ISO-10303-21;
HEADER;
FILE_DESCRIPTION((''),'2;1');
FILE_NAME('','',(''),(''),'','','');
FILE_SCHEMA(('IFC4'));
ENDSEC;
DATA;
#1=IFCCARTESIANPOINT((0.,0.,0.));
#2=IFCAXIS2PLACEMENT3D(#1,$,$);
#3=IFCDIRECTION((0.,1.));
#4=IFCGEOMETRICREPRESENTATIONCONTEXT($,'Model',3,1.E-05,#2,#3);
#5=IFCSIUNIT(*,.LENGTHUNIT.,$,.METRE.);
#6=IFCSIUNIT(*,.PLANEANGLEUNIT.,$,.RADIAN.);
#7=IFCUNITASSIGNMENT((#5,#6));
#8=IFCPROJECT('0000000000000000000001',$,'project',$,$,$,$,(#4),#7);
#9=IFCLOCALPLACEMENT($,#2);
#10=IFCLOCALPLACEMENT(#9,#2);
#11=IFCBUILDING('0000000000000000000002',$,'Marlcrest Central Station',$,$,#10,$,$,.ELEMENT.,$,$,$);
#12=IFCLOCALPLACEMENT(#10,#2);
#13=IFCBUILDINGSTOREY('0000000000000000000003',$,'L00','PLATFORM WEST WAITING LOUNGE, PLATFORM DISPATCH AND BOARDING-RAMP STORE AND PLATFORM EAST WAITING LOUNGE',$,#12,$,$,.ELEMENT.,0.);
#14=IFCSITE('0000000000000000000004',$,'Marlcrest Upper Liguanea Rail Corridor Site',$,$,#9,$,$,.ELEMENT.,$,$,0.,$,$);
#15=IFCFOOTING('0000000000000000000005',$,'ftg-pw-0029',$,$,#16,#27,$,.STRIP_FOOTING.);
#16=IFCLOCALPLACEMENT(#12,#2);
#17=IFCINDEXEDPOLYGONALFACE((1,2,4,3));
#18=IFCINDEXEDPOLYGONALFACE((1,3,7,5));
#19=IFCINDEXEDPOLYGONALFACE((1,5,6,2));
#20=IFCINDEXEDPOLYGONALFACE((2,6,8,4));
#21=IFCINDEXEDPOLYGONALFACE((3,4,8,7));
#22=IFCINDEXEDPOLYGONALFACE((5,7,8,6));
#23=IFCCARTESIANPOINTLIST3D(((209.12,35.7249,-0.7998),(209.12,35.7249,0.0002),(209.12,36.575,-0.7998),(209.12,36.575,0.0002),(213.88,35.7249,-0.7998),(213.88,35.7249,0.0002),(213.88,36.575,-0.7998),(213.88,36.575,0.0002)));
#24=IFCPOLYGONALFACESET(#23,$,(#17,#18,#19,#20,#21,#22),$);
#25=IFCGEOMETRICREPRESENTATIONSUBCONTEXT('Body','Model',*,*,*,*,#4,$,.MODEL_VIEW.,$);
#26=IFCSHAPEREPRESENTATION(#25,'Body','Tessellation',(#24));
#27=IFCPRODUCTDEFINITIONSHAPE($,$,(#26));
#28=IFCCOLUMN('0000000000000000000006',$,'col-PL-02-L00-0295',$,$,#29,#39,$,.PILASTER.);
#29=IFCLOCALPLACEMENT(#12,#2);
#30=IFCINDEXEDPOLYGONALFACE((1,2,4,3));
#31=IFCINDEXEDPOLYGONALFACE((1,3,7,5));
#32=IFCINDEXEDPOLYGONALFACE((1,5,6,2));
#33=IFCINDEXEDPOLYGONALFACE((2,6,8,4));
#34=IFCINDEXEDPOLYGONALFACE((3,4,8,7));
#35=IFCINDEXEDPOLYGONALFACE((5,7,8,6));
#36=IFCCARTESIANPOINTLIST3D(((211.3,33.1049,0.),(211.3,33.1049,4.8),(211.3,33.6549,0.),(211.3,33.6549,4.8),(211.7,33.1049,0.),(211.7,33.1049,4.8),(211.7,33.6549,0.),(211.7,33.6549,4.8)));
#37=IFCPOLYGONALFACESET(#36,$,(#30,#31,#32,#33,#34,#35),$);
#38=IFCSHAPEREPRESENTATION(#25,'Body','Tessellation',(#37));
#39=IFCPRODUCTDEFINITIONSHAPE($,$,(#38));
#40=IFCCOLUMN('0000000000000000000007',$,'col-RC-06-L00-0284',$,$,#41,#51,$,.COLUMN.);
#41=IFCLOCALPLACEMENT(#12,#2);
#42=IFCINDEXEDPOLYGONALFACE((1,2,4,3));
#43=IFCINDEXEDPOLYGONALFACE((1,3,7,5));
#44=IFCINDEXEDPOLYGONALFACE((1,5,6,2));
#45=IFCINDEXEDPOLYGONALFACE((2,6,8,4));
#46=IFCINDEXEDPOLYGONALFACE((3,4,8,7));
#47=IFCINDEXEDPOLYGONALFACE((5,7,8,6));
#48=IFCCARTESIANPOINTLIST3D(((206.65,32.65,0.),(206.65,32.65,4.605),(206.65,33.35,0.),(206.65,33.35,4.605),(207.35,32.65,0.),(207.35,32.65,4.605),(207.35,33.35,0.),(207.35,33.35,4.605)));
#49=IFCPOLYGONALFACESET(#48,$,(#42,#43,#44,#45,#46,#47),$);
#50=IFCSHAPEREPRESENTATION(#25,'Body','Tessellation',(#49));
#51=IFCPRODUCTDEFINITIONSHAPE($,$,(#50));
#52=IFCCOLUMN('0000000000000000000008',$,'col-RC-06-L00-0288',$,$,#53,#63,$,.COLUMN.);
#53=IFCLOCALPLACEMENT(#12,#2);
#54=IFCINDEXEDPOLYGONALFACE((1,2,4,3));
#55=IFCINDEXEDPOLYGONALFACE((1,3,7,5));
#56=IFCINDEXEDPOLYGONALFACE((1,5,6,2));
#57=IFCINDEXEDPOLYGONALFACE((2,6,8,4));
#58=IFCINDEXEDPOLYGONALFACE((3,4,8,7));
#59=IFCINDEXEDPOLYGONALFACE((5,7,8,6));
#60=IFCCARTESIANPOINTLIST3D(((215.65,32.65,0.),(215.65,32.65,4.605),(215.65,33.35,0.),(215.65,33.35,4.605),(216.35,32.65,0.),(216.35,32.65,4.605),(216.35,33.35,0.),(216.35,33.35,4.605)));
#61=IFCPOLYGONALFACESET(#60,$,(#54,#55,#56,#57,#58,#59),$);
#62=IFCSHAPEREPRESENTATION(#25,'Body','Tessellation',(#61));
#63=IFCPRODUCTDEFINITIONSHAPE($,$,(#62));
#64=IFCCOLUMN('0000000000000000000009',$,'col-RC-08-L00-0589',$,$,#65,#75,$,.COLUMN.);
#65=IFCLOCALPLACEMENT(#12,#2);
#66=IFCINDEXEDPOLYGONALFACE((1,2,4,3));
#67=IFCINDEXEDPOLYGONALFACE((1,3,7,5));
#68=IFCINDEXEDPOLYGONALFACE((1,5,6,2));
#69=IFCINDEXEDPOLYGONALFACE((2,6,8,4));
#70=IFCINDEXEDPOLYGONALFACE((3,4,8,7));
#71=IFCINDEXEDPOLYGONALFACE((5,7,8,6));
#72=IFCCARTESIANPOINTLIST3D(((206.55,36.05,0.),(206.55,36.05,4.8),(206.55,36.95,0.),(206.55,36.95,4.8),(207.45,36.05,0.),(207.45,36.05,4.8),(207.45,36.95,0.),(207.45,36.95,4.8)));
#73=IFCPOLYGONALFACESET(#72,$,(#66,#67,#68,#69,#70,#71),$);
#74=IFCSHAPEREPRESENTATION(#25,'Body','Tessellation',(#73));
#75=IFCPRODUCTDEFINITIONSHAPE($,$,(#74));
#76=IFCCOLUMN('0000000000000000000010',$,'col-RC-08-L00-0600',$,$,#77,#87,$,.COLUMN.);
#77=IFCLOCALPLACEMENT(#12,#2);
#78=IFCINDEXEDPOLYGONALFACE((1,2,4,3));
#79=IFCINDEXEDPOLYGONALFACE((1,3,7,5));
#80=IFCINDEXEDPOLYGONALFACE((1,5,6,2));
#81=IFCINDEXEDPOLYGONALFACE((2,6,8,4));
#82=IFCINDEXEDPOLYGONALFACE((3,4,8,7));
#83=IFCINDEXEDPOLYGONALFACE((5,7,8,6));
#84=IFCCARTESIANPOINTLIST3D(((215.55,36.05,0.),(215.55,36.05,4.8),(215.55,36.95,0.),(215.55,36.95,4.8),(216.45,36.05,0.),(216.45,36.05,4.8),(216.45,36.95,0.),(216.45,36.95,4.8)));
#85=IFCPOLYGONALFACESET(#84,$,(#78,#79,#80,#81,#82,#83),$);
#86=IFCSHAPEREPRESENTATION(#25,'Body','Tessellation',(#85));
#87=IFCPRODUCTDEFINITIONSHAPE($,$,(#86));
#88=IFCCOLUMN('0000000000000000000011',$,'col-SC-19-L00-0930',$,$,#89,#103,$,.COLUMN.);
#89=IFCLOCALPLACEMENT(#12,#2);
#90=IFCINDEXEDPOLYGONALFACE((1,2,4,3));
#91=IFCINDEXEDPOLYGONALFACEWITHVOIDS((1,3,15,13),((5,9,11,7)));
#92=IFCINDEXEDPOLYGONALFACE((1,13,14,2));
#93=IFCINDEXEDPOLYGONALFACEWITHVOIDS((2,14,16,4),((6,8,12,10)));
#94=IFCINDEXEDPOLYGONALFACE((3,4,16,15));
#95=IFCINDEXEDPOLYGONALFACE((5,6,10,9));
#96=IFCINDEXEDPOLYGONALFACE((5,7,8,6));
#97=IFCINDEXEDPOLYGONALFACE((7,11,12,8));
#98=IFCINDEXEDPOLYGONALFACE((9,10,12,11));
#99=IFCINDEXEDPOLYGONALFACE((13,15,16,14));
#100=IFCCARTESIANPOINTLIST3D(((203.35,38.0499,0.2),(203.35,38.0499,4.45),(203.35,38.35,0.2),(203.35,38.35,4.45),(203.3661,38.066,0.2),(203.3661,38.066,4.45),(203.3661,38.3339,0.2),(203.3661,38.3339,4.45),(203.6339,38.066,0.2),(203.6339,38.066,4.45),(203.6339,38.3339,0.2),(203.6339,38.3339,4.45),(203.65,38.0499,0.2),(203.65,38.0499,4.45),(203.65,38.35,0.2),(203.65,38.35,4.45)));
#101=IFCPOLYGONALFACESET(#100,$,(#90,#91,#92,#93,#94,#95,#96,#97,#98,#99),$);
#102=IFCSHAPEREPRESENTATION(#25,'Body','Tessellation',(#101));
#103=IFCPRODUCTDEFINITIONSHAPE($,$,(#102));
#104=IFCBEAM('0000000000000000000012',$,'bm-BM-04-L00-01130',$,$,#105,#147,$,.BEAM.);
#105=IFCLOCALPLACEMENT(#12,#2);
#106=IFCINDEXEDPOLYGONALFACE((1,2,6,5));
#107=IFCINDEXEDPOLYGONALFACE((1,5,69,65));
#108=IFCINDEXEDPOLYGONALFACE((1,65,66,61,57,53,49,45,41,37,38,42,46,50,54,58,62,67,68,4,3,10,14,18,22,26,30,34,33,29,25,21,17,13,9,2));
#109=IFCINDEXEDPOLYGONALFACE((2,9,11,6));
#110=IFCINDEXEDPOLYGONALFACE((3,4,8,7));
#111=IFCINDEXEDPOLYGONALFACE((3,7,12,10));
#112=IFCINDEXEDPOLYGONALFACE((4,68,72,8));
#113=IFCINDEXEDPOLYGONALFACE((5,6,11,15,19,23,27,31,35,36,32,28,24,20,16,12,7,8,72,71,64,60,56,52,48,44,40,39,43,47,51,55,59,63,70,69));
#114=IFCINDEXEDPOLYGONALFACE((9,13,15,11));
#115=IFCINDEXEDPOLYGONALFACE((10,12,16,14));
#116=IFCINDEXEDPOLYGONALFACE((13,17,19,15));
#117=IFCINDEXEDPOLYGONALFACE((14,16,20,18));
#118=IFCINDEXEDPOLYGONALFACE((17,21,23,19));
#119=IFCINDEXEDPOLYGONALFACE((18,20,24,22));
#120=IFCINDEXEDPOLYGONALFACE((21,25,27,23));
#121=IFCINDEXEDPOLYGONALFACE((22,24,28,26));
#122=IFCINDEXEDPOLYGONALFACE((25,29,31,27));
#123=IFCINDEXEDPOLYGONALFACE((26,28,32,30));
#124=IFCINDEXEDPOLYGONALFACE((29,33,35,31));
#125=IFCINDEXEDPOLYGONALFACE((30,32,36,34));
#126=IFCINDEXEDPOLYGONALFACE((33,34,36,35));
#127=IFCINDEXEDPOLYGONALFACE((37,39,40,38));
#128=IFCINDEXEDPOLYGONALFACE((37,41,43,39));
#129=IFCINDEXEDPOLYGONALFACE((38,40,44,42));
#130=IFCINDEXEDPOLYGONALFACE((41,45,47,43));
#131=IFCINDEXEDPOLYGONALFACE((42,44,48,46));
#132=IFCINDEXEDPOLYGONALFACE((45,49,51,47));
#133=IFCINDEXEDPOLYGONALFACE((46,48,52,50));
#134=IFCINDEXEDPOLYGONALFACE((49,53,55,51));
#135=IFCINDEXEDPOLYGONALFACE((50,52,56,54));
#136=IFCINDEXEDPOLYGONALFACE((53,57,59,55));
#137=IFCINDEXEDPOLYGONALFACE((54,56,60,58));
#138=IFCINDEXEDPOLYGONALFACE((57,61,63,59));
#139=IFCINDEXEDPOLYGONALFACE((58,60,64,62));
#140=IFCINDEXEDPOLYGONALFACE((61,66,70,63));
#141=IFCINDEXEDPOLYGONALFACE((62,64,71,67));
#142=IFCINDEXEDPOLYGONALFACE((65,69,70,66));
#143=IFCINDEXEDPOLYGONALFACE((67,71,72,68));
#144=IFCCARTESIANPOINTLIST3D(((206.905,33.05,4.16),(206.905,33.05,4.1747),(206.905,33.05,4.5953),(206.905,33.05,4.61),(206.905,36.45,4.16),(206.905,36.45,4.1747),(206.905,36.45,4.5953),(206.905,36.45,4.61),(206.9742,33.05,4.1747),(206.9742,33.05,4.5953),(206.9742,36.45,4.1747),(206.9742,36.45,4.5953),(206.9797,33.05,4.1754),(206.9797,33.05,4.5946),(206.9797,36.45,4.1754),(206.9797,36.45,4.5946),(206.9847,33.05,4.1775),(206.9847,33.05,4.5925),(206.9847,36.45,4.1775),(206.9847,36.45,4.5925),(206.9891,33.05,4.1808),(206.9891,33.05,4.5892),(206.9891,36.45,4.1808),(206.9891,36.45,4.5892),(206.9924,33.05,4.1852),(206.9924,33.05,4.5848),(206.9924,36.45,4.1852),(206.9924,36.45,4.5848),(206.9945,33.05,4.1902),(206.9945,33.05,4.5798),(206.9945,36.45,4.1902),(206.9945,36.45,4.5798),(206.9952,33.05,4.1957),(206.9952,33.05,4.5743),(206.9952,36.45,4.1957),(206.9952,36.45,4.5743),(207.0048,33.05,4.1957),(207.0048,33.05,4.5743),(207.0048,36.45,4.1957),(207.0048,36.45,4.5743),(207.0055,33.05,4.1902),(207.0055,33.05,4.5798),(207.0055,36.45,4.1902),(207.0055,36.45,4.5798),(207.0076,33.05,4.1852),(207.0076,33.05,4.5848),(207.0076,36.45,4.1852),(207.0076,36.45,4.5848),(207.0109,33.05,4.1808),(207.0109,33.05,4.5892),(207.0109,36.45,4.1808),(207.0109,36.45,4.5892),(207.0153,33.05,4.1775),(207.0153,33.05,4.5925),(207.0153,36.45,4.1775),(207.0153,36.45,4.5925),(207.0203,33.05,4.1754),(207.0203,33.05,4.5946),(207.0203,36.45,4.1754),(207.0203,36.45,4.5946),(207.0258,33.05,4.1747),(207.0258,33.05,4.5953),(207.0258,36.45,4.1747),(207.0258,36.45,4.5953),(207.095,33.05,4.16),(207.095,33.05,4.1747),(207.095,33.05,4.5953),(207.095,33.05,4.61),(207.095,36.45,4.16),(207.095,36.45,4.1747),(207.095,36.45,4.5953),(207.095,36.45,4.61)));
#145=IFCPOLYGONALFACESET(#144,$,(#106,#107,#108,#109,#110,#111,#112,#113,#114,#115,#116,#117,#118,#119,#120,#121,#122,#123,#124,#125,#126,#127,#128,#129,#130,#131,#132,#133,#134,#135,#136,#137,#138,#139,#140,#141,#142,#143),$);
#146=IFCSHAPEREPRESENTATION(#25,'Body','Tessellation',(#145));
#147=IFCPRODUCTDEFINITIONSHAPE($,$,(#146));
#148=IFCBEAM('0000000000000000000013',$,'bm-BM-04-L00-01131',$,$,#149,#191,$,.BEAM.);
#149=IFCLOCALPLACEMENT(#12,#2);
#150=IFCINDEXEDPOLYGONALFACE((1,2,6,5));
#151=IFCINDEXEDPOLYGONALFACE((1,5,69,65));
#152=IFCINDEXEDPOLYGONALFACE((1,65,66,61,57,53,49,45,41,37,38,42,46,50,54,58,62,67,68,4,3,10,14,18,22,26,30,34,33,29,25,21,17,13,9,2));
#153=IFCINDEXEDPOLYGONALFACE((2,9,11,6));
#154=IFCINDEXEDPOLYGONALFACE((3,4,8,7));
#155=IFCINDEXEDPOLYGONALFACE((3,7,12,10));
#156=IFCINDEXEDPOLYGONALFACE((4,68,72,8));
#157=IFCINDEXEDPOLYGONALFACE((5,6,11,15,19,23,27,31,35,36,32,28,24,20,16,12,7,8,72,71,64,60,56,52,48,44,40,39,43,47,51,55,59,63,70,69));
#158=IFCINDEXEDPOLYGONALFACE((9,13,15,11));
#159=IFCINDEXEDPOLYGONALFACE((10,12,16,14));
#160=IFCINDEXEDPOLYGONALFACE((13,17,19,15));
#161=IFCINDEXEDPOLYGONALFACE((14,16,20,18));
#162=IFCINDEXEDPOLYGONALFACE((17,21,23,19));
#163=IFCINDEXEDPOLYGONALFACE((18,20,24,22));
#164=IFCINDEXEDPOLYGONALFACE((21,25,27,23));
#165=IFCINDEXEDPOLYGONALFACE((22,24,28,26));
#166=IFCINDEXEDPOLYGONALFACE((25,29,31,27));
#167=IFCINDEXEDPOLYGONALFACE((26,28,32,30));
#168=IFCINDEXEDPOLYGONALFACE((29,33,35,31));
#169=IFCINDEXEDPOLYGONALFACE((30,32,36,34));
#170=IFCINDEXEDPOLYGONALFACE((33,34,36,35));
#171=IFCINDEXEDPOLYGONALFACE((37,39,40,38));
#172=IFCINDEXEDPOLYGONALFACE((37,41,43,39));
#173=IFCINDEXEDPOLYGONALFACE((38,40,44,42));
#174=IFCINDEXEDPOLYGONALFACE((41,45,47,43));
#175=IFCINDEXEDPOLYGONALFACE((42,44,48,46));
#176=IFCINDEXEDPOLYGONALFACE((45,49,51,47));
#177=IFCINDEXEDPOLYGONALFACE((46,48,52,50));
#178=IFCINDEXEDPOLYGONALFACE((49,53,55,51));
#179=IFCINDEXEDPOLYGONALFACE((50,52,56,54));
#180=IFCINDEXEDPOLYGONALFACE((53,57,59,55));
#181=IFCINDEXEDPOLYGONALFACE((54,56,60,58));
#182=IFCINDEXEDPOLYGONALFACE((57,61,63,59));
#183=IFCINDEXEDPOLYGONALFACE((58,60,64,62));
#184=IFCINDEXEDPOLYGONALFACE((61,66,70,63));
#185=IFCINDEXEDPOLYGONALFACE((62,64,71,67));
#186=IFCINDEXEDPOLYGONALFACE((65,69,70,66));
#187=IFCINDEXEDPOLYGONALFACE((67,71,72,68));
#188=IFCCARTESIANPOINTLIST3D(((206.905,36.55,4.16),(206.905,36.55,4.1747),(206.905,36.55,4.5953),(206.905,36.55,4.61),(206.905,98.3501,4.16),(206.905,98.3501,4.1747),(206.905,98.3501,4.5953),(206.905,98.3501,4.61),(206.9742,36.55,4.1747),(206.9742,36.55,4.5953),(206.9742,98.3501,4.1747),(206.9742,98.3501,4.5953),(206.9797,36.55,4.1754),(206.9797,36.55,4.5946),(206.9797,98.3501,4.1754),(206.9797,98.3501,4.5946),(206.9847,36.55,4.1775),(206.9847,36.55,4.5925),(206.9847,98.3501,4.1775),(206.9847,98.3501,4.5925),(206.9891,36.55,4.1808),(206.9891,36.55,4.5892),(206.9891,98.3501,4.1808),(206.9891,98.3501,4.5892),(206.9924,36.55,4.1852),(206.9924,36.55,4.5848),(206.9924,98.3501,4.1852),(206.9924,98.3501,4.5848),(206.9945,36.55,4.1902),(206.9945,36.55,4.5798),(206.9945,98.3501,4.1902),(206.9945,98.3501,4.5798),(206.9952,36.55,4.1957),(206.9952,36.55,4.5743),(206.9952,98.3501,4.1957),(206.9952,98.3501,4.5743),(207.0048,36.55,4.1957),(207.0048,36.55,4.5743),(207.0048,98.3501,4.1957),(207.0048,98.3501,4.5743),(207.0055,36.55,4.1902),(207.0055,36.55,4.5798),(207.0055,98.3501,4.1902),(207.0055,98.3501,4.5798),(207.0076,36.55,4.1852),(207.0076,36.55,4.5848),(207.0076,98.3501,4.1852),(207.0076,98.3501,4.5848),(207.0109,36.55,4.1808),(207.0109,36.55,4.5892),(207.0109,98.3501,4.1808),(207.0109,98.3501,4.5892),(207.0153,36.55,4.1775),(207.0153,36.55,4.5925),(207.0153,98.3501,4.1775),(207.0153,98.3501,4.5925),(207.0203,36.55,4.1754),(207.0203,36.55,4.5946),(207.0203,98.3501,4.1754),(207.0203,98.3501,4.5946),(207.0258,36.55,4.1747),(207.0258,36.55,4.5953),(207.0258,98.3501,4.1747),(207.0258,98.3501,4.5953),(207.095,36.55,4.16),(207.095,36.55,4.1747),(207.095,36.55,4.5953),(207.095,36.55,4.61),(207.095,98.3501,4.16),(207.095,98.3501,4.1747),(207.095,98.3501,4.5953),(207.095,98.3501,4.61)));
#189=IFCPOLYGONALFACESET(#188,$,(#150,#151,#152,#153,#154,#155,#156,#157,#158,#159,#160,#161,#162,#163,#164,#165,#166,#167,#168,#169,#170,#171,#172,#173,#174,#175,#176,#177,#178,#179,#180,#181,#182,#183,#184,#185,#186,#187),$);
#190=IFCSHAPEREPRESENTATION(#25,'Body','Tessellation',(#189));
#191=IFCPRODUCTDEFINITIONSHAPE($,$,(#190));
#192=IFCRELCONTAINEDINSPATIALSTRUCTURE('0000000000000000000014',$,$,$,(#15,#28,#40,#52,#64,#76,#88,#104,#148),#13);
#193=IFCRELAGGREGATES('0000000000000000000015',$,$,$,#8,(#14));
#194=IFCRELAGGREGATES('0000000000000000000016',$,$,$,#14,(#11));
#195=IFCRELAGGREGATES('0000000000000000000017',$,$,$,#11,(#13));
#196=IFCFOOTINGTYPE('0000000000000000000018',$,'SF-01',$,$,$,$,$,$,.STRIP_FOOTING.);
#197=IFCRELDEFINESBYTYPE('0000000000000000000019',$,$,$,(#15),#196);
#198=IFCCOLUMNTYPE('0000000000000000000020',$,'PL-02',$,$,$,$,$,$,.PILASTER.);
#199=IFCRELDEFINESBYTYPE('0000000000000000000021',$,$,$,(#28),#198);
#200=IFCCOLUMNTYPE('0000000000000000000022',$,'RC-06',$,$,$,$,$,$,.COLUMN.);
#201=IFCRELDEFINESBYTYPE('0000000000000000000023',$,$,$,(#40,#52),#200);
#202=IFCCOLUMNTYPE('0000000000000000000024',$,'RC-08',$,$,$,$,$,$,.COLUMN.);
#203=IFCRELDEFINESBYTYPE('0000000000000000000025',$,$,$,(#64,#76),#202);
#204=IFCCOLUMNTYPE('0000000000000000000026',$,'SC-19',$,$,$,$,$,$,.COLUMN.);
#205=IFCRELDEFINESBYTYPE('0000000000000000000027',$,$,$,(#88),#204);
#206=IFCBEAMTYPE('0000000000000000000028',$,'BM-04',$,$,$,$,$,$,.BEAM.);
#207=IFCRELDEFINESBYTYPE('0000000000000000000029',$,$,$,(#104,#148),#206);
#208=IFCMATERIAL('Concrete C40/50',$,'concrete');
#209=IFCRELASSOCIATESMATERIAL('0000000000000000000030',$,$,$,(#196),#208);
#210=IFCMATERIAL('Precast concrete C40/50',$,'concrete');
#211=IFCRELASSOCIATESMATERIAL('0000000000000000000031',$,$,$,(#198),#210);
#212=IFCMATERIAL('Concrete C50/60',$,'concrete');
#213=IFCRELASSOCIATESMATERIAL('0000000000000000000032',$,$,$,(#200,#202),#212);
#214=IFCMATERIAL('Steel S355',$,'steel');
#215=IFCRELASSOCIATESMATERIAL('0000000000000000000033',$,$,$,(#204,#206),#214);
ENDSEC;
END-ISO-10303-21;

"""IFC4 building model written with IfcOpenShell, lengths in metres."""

from ifc_helpers import new_model, si_unit, direction, frame, origin, origin_2d, place, context, subcontext, project, spatial, rectangle, hollow_rectangle, i_section, extrude, material, material_profile, profile_set, type_object, element, save


model = new_model("IFC4")

# Units and contexts
model_context = context("Model", 3, precision=1e-05, world=origin(), true_north=direction((0.0, 1.0)))
body_context = subcontext(model_context, "Body", "Model", "MODEL_VIEW")
ifc_project = project(units=[si_unit("LENGTHUNIT", "METRE"), si_unit("PLANEANGLEUNIT", "RADIAN")], contexts=[model_context])

# Site, building, storey
site_placement = place(None, origin())
site = spatial("IfcSite", under=ifc_project, at=site_placement, Name="Marlcrest Upper Liguanea Rail Corridor Site", CompositionType="ELEMENT", RefElevation=0.0)
building_placement = place(site_placement, origin())
building = spatial("IfcBuilding", under=site, at=building_placement, Name="Marlcrest Central Station", CompositionType="ELEMENT")
storey_placement = place(building_placement, origin())
storey = spatial("IfcBuildingStorey", under=building, at=storey_placement, Name="L00", Description="PLATFORM WEST WAITING LOUNGE, PLATFORM DISPATCH AND BOARDING-RAMP STORE AND PLATFORM EAST WAITING LOUNGE", CompositionType="ELEMENT", Elevation=0.0)

# Footing
ifc_material_1 = material(Name="Concrete C40/50", Category="concrete")
footing_type_1 = type_object("IfcFootingType", Name="SF-01", PredefinedType="STRIP_FOOTING", material=ifc_material_1)
footing_1_placement = place(storey_placement, frame((211.5, 36.1499, -0.7998), z_axis=(0.0, 0.0, 1.0), x_axis=(1.0, 0.0, 0.0)))
element("IfcFooting", 1, at=footing_1_placement, inside=storey, type_object=footing_type_1, Name="ftg-pw-0029", PredefinedType="STRIP_FOOTING", context=body_context, shape_type="SweptSolid", body=[
    extrude(rectangle(XDim=4.76, YDim=0.8501, at=origin_2d()), origin(), (0.0, 0.0, 1.0), 0.8),
])

# Columns
ifc_material_2 = material(Name="Precast concrete C40/50", Category="concrete")
ifc_material_profile_1 = material_profile(ifc_material_2, rectangle(XDim=0.3999, YDim=0.55, at=origin_2d()), Name="PIL 400x550")
ifc_profile_set_1 = profile_set([ifc_material_profile_1], Name="Precast concrete C40/50")
column_type_1 = type_object("IfcColumnType", Name="PL-02", PredefinedType="PILASTER", material=ifc_profile_set_1)
column_1_placement = place(storey_placement, frame((211.5, 33.3799, 0.0), z_axis=(0.0, 0.0, 1.0), x_axis=(1.0, 0.0, 0.0)))
element("IfcColumn", 2, at=column_1_placement, inside=storey, type_object=column_type_1, Name="col-PL-02-L00-0295", PredefinedType="PILASTER", context=body_context, shape_type="SweptSolid", body=[
    extrude(rectangle(XDim=0.3999, YDim=0.55, at=origin_2d()), origin(), (0.0, 0.0, 1.0), 4.8),
])
ifc_material_3 = material(Name="Concrete C50/60", Category="concrete")
ifc_material_profile_2 = material_profile(ifc_material_3, rectangle(XDim=0.7, YDim=0.7, at=origin_2d()), Name="RC 700x700")
ifc_profile_set_2 = profile_set([ifc_material_profile_2], Name="Concrete C50/60")
column_type_2 = type_object("IfcColumnType", Name="RC-06", PredefinedType="COLUMN", material=ifc_profile_set_2)
for number, where, z_axis, x_axis, name in (
    (3, (207.0, 33.0, 0.0), (0.0, 0.0, 1.0), (1.0, 0.0, 0.0), "col-RC-06-L00-0284"),
    (4, (216.0, 33.0, 0.0), (0.0, 0.0, 1.0), (1.0, 0.0, 0.0), "col-RC-06-L00-0288"),
):
    element("IfcColumn", number, at=place(storey_placement, frame(where, z_axis=z_axis, x_axis=x_axis)), inside=storey, type_object=column_type_2, Name=name, PredefinedType="COLUMN", context=body_context, shape_type="SweptSolid", body=[
        extrude(rectangle(XDim=0.7, YDim=0.7, at=origin_2d()), origin(), (0.0, 0.0, 1.0), 4.605),
    ])
ifc_material_profile_3 = material_profile(ifc_material_3, rectangle(XDim=0.8999, YDim=0.8999, at=origin_2d()), Name="RC 900x900")
ifc_profile_set_3 = profile_set([ifc_material_profile_3], Name="Concrete C50/60")
column_type_3 = type_object("IfcColumnType", Name="RC-08", PredefinedType="COLUMN", material=ifc_profile_set_3)
for number, where, z_axis, x_axis, name in (
    (5, (207.0, 36.5, 0.0), (0.0, 0.0, 1.0), (1.0, 0.0, 0.0), "col-RC-08-L00-0589"),
    (6, (216.0, 36.5, 0.0), (0.0, 0.0, 1.0), (1.0, 0.0, 0.0), "col-RC-08-L00-0600"),
):
    element("IfcColumn", number, at=place(storey_placement, frame(where, z_axis=z_axis, x_axis=x_axis)), inside=storey, type_object=column_type_3, Name=name, PredefinedType="COLUMN", context=body_context, shape_type="SweptSolid", body=[
        extrude(rectangle(XDim=0.8999, YDim=0.8999, at=origin_2d()), origin(), (0.0, 0.0, 1.0), 4.8),
    ])
ifc_material_4 = material(Name="Steel S355", Category="steel")
ifc_material_profile_4 = material_profile(ifc_material_4, hollow_rectangle(XDim=0.3, YDim=0.3, WallThickness=0.0161, at=origin_2d()), Name="SHS 300x300x16")
ifc_profile_set_4 = profile_set([ifc_material_profile_4], Name="Steel S355")
column_type_4 = type_object("IfcColumnType", Name="SC-19", PredefinedType="COLUMN", material=ifc_profile_set_4)
column_2_placement = place(storey_placement, frame((203.5, 38.2, 0.2), z_axis=(0.0, 0.0, 1.0), x_axis=(1.0, 0.0, 0.0)))
element("IfcColumn", 7, at=column_2_placement, inside=storey, type_object=column_type_4, Name="col-SC-19-L00-0930", PredefinedType="COLUMN", context=body_context, shape_type="SweptSolid", body=[
    extrude(hollow_rectangle(XDim=0.3, YDim=0.3, WallThickness=0.0161, at=origin_2d()), origin(), (0.0, 0.0, 1.0), 4.25),
])

# Beams
ifc_material_profile_5 = material_profile(ifc_material_4, i_section(OverallWidth=0.1899, OverallDepth=0.45, WebThickness=0.0095, FlangeThickness=0.0146, FilletRadius=0.021, at=origin_2d()), Name="IPE 450")
ifc_profile_set_5 = profile_set([ifc_material_profile_5], Name="Steel S355")
beam_type_1 = type_object("IfcBeamType", Name="BM-04", PredefinedType="BEAM", material=ifc_profile_set_5)
beam_1_placement = place(storey_placement, frame((207.0, 33.05, 4.385), z_axis=(0.0, 1.0, 0.0), x_axis=(-1.0, 0.0, 0.0)))
element("IfcBeam", 8, at=beam_1_placement, inside=storey, type_object=beam_type_1, Name="bm-BM-04-L00-01130", PredefinedType="BEAM", context=body_context, shape_type="SweptSolid", body=[
    extrude(i_section(OverallWidth=0.1899, OverallDepth=0.45, WebThickness=0.0095, FlangeThickness=0.0146, FilletRadius=0.021, at=origin_2d()), origin(), (0.0, 0.0, 1.0), 3.3999),
])
beam_2_placement = place(storey_placement, frame((207.0, 36.55, 4.385), z_axis=(0.0, 1.0, 0.0), x_axis=(-1.0, 0.0, 0.0)))
element("IfcBeam", 9, at=beam_2_placement, inside=storey, type_object=beam_type_1, Name="bm-BM-04-L00-01131", PredefinedType="BEAM", context=body_context, shape_type="SweptSolid", body=[
    extrude(i_section(OverallWidth=0.1899, OverallDepth=0.45, WebThickness=0.0095, FlangeThickness=0.0146, FilletRadius=0.021, at=origin_2d()), origin(), (0.0, 0.0, 1.0), 61.8),
])

save(model, "model.ifc")
